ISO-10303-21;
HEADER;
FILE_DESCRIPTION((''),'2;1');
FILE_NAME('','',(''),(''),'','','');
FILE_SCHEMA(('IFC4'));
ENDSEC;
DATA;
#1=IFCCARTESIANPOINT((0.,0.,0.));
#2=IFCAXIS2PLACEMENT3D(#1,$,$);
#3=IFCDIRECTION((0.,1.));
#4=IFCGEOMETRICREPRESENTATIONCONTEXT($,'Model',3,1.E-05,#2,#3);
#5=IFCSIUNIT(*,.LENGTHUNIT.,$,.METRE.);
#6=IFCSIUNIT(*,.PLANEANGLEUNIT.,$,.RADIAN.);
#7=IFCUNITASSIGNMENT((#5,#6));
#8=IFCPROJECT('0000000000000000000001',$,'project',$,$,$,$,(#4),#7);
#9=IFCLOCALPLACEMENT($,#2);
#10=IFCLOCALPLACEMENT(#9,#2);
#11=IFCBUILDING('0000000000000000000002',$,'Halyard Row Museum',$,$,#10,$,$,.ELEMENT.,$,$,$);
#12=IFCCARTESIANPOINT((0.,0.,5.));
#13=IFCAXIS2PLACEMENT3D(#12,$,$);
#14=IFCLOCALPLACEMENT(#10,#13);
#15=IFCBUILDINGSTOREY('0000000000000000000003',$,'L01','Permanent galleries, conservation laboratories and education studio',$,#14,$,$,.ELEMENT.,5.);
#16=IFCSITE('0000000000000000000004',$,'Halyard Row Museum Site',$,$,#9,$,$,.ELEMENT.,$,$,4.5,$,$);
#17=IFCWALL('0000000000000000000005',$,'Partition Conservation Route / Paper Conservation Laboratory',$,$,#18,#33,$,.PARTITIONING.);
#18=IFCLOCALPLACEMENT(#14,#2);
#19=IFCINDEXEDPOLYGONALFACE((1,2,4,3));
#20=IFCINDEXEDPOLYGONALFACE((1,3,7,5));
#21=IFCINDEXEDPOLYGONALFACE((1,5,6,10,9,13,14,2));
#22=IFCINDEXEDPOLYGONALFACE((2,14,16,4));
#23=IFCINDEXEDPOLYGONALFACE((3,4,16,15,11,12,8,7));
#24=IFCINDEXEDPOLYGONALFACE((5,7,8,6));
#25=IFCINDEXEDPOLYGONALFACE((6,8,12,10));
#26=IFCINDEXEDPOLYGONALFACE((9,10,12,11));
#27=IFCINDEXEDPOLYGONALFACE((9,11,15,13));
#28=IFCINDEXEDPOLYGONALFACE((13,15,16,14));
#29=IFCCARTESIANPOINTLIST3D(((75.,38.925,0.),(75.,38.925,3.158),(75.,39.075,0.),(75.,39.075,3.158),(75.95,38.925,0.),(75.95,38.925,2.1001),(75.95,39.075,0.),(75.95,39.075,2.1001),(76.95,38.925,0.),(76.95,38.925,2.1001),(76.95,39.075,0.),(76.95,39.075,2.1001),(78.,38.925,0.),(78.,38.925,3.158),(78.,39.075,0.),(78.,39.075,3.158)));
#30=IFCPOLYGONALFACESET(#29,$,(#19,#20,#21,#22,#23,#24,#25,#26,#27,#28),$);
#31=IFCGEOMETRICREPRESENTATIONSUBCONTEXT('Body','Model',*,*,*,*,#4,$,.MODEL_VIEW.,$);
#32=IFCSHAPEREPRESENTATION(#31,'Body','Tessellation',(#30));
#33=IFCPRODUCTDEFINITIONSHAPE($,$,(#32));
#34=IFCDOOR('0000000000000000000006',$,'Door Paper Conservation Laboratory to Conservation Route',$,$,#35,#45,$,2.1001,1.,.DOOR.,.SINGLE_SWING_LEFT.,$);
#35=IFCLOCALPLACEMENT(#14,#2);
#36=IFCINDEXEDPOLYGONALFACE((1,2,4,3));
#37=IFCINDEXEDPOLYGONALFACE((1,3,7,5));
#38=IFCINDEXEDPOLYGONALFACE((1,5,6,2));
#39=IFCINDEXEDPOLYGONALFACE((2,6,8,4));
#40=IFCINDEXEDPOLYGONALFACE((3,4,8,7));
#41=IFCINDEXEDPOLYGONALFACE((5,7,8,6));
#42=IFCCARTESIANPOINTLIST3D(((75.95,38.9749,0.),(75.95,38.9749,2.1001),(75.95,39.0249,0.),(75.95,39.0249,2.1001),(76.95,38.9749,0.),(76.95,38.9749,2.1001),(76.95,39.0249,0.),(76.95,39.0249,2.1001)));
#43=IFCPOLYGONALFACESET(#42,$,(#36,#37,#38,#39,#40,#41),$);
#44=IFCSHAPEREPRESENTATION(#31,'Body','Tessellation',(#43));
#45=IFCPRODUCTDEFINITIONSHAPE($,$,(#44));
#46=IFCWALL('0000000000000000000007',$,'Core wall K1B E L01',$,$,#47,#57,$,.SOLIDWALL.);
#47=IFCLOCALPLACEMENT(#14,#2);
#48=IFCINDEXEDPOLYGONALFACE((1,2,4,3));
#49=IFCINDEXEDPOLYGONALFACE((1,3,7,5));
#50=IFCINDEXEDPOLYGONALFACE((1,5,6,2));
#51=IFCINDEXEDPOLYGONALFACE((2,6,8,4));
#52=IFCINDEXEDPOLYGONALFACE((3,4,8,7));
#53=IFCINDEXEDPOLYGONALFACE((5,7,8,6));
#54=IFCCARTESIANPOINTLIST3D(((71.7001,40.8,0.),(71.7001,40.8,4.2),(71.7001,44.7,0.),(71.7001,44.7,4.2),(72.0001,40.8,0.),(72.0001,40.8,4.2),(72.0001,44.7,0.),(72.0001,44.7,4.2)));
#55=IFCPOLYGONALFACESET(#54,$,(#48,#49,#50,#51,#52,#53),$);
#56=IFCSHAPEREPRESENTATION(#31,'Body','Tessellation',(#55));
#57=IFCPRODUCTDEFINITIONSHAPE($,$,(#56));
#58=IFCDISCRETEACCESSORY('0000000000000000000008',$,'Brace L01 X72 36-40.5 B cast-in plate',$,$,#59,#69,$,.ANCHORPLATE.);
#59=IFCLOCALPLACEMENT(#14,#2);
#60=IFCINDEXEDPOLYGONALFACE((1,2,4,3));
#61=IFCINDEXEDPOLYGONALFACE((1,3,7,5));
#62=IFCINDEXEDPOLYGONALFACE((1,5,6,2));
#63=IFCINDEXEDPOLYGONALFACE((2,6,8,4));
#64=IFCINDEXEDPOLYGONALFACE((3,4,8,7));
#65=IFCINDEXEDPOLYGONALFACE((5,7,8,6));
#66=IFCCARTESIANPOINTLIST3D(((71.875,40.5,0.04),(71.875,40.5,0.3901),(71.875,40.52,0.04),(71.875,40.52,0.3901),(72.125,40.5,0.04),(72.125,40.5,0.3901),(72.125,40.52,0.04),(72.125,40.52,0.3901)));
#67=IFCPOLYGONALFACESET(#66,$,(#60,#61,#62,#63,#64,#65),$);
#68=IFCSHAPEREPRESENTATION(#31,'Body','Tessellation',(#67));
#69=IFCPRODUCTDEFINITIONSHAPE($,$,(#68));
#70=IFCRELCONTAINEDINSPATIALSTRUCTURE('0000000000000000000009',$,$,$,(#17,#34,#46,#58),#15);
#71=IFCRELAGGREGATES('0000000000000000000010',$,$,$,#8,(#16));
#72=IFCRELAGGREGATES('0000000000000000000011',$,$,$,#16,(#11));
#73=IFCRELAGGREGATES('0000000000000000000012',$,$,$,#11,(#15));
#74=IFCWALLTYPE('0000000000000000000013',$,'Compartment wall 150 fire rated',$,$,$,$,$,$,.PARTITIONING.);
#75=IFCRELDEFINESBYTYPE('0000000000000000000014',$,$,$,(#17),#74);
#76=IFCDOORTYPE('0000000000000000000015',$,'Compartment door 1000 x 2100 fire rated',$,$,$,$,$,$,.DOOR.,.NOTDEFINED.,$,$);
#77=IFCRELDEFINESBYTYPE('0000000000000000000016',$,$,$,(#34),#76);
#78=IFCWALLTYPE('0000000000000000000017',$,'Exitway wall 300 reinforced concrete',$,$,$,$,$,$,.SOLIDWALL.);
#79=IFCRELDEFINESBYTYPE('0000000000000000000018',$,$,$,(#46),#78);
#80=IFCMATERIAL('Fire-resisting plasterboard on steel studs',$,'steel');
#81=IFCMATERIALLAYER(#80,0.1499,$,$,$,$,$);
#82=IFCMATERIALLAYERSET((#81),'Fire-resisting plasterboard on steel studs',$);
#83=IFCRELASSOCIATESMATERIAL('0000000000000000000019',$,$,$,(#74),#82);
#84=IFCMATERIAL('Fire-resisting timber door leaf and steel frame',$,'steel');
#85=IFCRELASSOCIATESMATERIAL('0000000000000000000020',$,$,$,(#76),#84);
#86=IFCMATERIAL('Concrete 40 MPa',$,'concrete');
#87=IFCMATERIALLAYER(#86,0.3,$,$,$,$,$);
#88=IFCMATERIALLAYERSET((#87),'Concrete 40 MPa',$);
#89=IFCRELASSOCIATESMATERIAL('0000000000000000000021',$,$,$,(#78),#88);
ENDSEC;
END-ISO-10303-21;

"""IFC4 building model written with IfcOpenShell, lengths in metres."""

from ifc_helpers import new_model, si_unit, direction, frame, frame_2d, origin, origin_2d, place, context, subcontext, project, spatial, rectangle, extrude, material, layer, layer_set, type_object, element, fill, save


model = new_model("IFC4")

# Units and contexts
model_context = context("Model", 3, precision=1e-05, world=origin(), true_north=direction((0.0, 1.0)))
body_context = subcontext(model_context, "Body", "Model", "MODEL_VIEW")
ifc_project = project(units=[si_unit("LENGTHUNIT", "METRE"), si_unit("PLANEANGLEUNIT", "RADIAN")], contexts=[model_context])

# Site, building, storey
site_placement = place(None, origin())
site = spatial("IfcSite", under=ifc_project, at=site_placement, Name="Halyard Row Museum Site", CompositionType="ELEMENT", RefElevation=4.5)
building_placement = place(site_placement, origin())
building = spatial("IfcBuilding", under=site, at=building_placement, Name="Halyard Row Museum", CompositionType="ELEMENT")
storey_placement = place(building_placement, frame((0.0, 0.0, 5.0)))
storey = spatial("IfcBuildingStorey", under=building, at=storey_placement, Name="L01", Description="Permanent galleries, conservation laboratories and education studio", CompositionType="ELEMENT", Elevation=5.0)

# Wall, opening, door
ifc_material_1 = material(Name="Fire-resisting plasterboard on steel studs", Category="steel")
ifc_layer_1 = layer(ifc_material_1, 0.1499)
ifc_layer_set_1 = layer_set([ifc_layer_1], Name="Fire-resisting plasterboard on steel studs")
wall_type_1 = type_object("IfcWallType", Name="Compartment wall 150 fire rated", PredefinedType="PARTITIONING", material=ifc_layer_set_1)
wall_1_placement = place(storey_placement, frame((75.0, 39.0, 0.0), z_axis=(0.0, 0.0, 1.0), x_axis=(1.0, 0.0, 0.0)))
wall_1 = element("IfcWall", 1, at=wall_1_placement, inside=storey, type_object=wall_type_1, Name="Partition Conservation Route / Paper Conservation Laboratory", PredefinedType="PARTITIONING", context=body_context, shape_type="SweptSolid", body=[
    extrude(rectangle(XDim=3.0, YDim=0.1499, at=frame_2d((1.5, 0.0))), origin(), (0.0, 0.0, 1.0), 3.158),
])
opening_placement = place(wall_1_placement, frame((0.95, 0.0, 0.0)))
opening = element("IfcOpeningElement", 2, at=opening_placement, cuts=wall_1, PredefinedType="OPENING", context=body_context, shape_type="SweptSolid", body=[
    extrude(rectangle(XDim=1.0, YDim=2.1001, at=frame_2d((0.5, 1.05))), frame((0.0, 0.085, 0.0), z_axis=(0.0, -1.0, 0.0), x_axis=(1.0, 0.0, 0.0)), (0.0, 0.0, 1.0), 0.1699),
])
ifc_material_2 = material(Name="Fire-resisting timber door leaf and steel frame", Category="steel")
door_type = type_object("IfcDoorType", Name="Compartment door 1000 x 2100 fire rated", OperationType="NOTDEFINED", PredefinedType="DOOR", material=ifc_material_2)
door_placement = place(opening_placement, origin())
door = element("IfcDoor", 3, at=door_placement, inside=storey, type_object=door_type, Name="Door Paper Conservation Laboratory to Conservation Route", OperationType="SINGLE_SWING_LEFT", OverallHeight=2.1001, OverallWidth=1.0, PredefinedType="DOOR", context=body_context, shape_type="SweptSolid", body=[
    extrude(rectangle(XDim=1.0, YDim=2.1001, at=frame_2d((0.5, 1.05))), frame((0.0, 0.0249, 0.0), z_axis=(0.0, -1.0, 0.0), x_axis=(1.0, 0.0, 0.0)), (0.0, 0.0, 1.0), 0.05),
])
fill(opening, door)

# Wall
ifc_material_3 = material(Name="Concrete 40 MPa", Category="concrete")
ifc_layer_2 = layer(ifc_material_3, 0.3)
ifc_layer_set_2 = layer_set([ifc_layer_2], Name="Concrete 40 MPa")
wall_type_2 = type_object("IfcWallType", Name="Exitway wall 300 reinforced concrete", PredefinedType="SOLIDWALL", material=ifc_layer_set_2)
wall_2_placement = place(storey_placement, frame((71.8501, 40.8, 0.0), z_axis=(0.0, 0.0, 1.0), x_axis=(0.0, 1.0, 0.0)))
element("IfcWall", 4, at=wall_2_placement, inside=storey, type_object=wall_type_2, Name="Core wall K1B E L01", PredefinedType="SOLIDWALL", context=body_context, shape_type="SweptSolid", body=[
    extrude(rectangle(XDim=3.8999, YDim=0.3, at=frame_2d((1.95, 0.0))), origin(), (0.0, 0.0, 1.0), 4.2),
])

# Discrete accessory
discrete_accessory_placement = place(storey_placement, frame((72.0, 40.5, 0.2151), z_axis=(0.0, 1.0, 0.0), x_axis=(-1.0, 0.0, 0.0)))
element("IfcDiscreteAccessory", 5, at=discrete_accessory_placement, inside=storey, Name="Brace L01 X72 36-40.5 B cast-in plate", PredefinedType="ANCHORPLATE", context=body_context, shape_type="SweptSolid", body=[
    extrude(rectangle(XDim=0.25, YDim=0.3501, at=origin_2d()), origin(), (0.0, 0.0, 1.0), 0.02),
])

save(model, "model.ifc")
